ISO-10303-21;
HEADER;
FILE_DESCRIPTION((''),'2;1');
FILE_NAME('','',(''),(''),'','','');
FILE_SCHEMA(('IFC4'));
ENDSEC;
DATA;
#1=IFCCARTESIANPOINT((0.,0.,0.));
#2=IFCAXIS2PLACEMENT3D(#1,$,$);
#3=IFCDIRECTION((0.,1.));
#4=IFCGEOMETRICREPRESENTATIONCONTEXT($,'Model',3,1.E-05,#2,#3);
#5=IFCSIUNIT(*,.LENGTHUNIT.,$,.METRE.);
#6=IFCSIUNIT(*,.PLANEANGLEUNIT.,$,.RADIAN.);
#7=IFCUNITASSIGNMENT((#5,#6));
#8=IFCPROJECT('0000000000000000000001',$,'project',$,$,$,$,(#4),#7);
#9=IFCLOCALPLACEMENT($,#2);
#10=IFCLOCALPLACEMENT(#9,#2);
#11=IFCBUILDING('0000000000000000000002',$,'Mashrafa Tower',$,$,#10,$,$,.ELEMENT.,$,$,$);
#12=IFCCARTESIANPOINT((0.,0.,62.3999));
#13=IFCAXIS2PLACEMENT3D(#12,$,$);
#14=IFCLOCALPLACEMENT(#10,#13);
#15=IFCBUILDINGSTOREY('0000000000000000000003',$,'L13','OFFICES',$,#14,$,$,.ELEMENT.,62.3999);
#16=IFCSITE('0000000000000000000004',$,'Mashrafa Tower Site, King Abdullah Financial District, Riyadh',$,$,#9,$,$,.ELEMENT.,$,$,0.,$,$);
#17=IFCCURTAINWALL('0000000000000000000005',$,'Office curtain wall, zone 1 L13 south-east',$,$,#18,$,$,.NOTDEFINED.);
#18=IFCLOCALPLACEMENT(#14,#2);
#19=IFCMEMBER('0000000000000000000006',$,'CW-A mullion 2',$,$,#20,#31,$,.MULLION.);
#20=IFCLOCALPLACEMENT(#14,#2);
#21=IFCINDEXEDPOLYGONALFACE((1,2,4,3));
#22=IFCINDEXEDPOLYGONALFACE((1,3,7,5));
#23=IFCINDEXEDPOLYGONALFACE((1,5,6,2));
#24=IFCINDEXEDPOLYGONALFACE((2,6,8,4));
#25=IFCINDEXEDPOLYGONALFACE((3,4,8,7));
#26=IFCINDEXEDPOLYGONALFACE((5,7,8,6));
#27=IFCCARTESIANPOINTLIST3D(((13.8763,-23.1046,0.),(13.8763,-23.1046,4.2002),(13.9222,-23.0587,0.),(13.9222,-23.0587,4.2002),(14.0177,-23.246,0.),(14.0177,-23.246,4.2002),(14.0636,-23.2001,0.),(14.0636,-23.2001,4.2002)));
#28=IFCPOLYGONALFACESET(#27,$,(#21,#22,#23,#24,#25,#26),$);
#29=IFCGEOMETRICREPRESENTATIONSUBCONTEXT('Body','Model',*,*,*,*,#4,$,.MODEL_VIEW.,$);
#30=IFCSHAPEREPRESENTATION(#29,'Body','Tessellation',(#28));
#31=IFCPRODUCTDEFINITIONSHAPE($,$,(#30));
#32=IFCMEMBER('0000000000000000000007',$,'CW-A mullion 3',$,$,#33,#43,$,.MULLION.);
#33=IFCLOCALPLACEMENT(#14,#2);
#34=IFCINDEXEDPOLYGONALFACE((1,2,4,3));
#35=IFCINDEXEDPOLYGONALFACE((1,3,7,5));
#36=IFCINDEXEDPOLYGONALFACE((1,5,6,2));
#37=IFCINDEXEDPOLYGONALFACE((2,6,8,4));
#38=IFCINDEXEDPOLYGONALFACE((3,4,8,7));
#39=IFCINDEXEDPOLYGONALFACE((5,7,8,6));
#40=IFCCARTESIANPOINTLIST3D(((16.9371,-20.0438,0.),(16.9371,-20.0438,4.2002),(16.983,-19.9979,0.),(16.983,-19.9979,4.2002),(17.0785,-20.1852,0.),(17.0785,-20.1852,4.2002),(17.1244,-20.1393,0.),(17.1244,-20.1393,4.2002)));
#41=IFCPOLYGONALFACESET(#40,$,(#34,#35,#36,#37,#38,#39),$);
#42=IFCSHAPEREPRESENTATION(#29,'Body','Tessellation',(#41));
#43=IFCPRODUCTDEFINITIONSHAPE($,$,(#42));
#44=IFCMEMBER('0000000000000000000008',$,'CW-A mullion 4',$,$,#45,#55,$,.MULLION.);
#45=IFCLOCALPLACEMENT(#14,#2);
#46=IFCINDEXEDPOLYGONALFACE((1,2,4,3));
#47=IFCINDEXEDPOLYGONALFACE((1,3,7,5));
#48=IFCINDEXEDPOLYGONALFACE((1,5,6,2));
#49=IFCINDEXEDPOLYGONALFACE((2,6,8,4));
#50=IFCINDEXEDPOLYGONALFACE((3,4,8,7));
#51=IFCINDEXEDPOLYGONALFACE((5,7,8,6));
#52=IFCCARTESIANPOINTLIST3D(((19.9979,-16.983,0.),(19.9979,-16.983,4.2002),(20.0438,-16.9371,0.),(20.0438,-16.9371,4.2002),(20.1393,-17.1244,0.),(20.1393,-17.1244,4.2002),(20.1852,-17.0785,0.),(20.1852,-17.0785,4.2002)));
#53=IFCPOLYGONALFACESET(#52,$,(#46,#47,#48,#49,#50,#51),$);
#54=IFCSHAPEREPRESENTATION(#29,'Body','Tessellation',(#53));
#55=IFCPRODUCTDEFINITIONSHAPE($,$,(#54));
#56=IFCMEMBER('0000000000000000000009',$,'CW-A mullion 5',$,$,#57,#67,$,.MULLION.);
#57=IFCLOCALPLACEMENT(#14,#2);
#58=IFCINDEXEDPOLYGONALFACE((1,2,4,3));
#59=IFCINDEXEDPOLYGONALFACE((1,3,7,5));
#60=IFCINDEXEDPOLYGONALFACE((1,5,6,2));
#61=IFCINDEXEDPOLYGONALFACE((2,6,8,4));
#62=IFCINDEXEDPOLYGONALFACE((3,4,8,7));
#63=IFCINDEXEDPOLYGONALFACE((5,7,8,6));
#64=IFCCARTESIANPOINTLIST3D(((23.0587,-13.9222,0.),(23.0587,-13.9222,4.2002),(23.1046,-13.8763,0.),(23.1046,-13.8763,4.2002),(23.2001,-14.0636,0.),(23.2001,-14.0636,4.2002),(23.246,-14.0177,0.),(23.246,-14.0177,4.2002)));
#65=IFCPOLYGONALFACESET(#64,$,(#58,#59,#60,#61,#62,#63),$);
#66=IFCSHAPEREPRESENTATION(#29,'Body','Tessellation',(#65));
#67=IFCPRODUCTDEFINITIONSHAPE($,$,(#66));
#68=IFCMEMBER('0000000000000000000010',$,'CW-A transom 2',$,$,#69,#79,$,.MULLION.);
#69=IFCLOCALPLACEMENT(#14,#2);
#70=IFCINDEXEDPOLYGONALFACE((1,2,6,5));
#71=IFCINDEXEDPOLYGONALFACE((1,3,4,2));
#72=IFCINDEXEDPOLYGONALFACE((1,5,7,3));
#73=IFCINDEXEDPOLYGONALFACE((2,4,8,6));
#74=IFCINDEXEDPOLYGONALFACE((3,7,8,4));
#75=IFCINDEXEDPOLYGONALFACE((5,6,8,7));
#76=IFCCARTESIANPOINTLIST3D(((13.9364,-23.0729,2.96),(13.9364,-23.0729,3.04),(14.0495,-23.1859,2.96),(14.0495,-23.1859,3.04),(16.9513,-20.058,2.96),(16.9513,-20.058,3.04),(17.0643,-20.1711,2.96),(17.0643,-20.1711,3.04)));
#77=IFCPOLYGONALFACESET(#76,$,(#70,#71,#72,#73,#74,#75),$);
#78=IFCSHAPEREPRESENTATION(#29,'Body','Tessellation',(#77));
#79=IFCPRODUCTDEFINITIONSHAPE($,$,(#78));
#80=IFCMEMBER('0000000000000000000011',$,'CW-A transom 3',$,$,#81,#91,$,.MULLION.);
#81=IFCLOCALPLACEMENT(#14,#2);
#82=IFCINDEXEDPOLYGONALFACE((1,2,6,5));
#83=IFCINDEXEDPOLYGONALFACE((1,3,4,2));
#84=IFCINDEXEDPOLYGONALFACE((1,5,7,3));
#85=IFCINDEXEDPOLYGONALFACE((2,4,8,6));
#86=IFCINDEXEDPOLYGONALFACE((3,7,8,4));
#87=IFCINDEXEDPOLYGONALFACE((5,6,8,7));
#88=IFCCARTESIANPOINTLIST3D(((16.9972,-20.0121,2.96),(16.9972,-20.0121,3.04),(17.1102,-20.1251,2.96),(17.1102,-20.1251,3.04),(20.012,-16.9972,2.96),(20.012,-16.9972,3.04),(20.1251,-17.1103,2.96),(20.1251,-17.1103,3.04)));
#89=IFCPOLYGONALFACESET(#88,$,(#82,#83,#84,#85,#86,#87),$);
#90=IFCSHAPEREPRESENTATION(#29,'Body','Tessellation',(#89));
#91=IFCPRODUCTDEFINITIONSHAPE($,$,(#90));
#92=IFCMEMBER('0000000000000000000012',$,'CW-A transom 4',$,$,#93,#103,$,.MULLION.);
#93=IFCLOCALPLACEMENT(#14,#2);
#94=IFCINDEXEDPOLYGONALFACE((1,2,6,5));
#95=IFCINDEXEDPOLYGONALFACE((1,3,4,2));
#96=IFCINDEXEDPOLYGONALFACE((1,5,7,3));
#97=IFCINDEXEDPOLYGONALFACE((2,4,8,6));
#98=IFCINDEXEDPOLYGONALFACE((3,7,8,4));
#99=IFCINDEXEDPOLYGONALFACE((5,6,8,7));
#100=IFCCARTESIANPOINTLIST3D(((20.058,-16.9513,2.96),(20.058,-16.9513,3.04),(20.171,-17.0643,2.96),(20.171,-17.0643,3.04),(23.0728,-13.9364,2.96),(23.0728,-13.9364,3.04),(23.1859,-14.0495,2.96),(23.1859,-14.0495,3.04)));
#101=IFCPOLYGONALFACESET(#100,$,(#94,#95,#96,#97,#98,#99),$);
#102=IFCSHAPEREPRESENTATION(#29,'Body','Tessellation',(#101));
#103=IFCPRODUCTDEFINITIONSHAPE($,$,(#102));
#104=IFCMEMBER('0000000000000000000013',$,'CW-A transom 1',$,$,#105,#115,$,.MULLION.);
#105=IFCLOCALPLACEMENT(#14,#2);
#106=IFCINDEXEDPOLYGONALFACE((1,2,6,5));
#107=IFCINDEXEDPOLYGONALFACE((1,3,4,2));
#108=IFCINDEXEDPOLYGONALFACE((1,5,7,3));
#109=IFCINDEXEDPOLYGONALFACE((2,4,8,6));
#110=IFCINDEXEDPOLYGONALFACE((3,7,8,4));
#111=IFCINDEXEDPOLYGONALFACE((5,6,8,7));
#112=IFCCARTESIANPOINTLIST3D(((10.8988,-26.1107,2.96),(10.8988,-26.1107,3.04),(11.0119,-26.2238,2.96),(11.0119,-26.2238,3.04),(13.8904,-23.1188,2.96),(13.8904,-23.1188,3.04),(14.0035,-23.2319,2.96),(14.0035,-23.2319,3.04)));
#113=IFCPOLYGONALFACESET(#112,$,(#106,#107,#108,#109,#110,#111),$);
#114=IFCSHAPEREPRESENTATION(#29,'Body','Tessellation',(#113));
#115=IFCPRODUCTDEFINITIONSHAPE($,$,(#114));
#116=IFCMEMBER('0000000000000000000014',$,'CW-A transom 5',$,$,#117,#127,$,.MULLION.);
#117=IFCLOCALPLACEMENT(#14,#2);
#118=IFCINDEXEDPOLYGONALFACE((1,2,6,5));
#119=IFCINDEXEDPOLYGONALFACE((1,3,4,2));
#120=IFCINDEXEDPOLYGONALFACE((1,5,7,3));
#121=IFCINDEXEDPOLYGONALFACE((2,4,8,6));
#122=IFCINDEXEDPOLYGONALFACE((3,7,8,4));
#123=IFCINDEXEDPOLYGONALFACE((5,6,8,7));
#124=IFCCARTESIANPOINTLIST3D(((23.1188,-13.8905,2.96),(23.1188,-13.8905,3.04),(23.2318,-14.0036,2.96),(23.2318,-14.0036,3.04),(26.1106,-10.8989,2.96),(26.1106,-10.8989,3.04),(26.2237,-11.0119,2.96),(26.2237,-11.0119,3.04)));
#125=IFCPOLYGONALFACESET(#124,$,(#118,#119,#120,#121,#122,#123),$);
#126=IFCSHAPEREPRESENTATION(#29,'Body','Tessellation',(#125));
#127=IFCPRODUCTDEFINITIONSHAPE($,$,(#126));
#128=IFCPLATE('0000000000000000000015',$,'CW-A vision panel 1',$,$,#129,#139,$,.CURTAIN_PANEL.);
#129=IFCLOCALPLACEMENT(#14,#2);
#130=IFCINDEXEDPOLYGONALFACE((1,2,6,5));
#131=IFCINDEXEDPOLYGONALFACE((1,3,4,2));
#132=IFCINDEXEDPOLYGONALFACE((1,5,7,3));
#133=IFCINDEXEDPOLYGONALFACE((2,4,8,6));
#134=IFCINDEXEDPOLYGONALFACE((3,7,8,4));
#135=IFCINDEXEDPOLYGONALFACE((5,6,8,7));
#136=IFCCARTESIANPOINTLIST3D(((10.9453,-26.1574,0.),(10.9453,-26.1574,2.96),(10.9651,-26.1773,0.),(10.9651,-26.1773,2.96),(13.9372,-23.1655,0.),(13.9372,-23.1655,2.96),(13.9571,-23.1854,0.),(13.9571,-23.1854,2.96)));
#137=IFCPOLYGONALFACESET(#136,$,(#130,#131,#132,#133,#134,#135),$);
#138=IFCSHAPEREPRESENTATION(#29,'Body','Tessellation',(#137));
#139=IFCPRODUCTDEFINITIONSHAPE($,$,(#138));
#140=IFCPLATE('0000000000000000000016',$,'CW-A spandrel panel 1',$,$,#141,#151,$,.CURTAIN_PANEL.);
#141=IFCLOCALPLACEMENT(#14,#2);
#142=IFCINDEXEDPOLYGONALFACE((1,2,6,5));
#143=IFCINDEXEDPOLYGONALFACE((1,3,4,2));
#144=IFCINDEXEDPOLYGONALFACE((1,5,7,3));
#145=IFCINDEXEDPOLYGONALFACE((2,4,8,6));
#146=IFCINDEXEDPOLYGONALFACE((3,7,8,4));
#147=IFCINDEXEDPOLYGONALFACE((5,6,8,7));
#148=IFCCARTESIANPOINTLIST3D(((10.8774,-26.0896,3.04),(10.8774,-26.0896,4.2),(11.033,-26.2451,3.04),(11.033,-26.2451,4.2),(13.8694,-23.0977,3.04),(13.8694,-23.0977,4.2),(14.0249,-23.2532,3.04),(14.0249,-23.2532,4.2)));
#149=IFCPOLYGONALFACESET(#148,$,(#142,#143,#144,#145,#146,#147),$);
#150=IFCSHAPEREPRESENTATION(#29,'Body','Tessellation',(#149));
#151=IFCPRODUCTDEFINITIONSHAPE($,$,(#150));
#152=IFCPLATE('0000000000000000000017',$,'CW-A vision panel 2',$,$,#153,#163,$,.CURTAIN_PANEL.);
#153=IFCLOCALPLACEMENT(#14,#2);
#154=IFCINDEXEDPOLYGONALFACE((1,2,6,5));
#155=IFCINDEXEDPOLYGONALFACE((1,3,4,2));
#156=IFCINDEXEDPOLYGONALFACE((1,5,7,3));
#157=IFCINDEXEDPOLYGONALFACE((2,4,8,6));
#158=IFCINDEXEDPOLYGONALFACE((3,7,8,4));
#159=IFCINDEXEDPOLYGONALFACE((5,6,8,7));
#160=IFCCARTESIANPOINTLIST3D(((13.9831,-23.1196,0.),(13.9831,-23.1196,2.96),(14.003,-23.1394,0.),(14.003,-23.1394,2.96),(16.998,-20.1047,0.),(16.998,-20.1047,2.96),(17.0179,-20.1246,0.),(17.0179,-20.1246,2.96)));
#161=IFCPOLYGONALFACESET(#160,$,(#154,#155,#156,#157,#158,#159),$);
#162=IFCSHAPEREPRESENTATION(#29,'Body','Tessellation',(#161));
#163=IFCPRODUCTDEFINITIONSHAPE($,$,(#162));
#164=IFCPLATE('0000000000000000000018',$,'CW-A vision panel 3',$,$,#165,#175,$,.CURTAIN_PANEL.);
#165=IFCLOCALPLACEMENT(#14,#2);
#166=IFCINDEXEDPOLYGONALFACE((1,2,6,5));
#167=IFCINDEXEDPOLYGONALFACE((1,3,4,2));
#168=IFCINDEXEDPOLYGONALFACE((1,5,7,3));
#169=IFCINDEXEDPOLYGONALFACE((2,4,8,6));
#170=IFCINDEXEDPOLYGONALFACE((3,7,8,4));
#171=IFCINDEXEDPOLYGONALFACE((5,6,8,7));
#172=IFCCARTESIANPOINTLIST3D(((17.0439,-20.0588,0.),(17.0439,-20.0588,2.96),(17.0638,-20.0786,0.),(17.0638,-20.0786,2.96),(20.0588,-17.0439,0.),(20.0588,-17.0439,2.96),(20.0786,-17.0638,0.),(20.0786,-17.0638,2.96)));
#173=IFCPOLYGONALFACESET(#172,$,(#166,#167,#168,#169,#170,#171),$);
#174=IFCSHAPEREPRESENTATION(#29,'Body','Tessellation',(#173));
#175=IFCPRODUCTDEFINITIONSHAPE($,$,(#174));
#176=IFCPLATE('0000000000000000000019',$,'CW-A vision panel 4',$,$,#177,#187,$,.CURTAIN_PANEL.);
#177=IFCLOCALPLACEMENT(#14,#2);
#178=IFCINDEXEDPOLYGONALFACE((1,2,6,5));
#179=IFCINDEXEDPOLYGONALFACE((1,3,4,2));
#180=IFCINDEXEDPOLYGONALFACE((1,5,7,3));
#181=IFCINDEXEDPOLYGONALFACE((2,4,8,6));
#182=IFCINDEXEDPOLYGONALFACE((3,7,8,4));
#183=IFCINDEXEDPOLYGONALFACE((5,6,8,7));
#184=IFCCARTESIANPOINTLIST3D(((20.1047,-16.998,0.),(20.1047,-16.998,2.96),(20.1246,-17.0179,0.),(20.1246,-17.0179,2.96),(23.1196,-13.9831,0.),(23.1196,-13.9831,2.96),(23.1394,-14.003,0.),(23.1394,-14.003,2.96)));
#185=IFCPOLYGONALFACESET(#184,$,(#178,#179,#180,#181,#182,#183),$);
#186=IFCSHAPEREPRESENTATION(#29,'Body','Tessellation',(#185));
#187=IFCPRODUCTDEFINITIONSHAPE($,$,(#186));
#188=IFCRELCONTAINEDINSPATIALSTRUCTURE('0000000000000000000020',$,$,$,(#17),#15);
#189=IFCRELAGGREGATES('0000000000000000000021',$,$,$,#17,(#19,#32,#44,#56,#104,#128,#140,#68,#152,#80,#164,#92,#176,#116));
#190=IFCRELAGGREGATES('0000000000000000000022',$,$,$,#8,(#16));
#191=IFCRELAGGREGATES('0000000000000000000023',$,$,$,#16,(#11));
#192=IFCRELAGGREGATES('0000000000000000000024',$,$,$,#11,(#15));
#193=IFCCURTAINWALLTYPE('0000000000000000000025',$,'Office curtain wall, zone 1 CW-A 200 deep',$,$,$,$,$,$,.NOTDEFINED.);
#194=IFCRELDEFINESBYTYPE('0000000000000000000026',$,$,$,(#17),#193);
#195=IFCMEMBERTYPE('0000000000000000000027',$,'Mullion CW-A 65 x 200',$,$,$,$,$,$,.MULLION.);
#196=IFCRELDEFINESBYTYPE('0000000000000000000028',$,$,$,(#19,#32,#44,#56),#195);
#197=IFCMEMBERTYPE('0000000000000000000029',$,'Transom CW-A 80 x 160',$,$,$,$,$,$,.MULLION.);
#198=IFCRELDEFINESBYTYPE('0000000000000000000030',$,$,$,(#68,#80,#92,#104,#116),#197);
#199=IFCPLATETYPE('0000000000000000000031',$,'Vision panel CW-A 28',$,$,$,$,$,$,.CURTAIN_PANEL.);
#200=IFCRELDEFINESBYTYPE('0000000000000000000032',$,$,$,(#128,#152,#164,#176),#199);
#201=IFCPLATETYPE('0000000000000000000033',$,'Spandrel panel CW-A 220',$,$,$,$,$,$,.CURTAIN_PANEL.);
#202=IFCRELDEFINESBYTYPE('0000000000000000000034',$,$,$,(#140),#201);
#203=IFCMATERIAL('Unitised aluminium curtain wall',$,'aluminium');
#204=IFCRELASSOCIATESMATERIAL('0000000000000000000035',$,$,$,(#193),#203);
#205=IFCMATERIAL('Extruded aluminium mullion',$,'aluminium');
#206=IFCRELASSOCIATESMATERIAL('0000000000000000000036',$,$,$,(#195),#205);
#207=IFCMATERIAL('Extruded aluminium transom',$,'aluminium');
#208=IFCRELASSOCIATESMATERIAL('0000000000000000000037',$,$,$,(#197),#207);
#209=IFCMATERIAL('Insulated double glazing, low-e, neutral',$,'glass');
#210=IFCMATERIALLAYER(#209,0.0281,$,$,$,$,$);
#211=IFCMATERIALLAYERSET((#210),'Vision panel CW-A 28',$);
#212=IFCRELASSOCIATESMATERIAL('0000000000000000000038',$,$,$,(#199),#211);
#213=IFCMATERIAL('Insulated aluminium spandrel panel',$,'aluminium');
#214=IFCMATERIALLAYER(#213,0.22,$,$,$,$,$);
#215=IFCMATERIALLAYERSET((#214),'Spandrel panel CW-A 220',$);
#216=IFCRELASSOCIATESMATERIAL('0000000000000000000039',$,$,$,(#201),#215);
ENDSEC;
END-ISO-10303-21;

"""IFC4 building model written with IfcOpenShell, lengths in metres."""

from ifc_helpers import new_model, si_unit, direction, frame, origin, origin_2d, place, context, subcontext, project, spatial, rectangle, extrude, source, transform, mapped, material, layer, layer_set, material_profile, profile_set, type_object, type_shapes, element, aggregate, save


model = new_model("IFC4")

# Units and contexts
model_context = context("Model", 3, precision=1e-05, world=origin(), true_north=direction((0.0, 1.0)))
body_context = subcontext(model_context, "Body", "Model", "MODEL_VIEW")
ifc_project = project(units=[si_unit("LENGTHUNIT", "METRE"), si_unit("PLANEANGLEUNIT", "RADIAN")], contexts=[model_context])

# Site, building, storey
site_placement = place(None, origin())
site = spatial("IfcSite", under=ifc_project, at=site_placement, Name="Mashrafa Tower Site, King Abdullah Financial District, Riyadh", CompositionType="ELEMENT", RefElevation=0.0)
building_placement = place(site_placement, origin())
building = spatial("IfcBuilding", under=site, at=building_placement, Name="Mashrafa Tower", CompositionType="ELEMENT")
storey_placement = place(building_placement, frame((0.0, 0.0, 62.3999)))
storey = spatial("IfcBuildingStorey", under=building, at=storey_placement, Name="L13", Description="OFFICES", CompositionType="ELEMENT", Elevation=62.3999)

# Curtain wall, members, plates
ifc_material_1 = material(Name="Unitised aluminium curtain wall", Category="aluminium")
curtain_wall_type = type_object("IfcCurtainWallType", Name="Office curtain wall, zone 1 CW-A 200 deep", PredefinedType="NOTDEFINED", material=ifc_material_1)
curtain_wall_placement = place(storey_placement, origin())
curtain_wall = element("IfcCurtainWall", 1, at=curtain_wall_placement, inside=storey, type_object=curtain_wall_type, Name="Office curtain wall, zone 1 L13 south-east", PredefinedType="NOTDEFINED")
ifc_material_2 = material(Name="Extruded aluminium mullion", Category="aluminium")
ifc_material_profile_1 = material_profile(ifc_material_2, rectangle(XDim=0.2, YDim=0.0649, at=origin_2d()), Name="Mullion 65x200")
ifc_profile_set_1 = profile_set([ifc_material_profile_1], Name="Extruded aluminium mullion")
member_type_1 = type_object("IfcMemberType", Name="Mullion CW-A 65 x 200", PredefinedType="MULLION", material=ifc_profile_set_1)
shared_shape_1 = source(origin(), body_context, "Body", "SweptSolid", [
    extrude(rectangle(XDim=0.2, YDim=0.0649, at=origin_2d()), origin(), (0.0, 0.0, 1.0), 4.2002),
])
type_shapes(member_type_1, [shared_shape_1])
member_1_placement = place(storey_placement, frame((13.97, -23.1523, 0.0), z_axis=(0.0, 0.0, 1.0), x_axis=(-0.707107, 0.707107, 0.0)))
member_1 = element("IfcMember", 2, at=member_1_placement, type_object=member_type_1, Name="CW-A mullion 2", PredefinedType="MULLION", context=body_context, shape_type="MappedRepresentation", body=[
    mapped(shared_shape_1, transform((0.0, 0.0, 0.0))),
])
member_2_placement = place(storey_placement, frame((17.0308, -20.0916, 0.0), z_axis=(0.0, 0.0, 1.0), x_axis=(-0.707107, 0.707107, 0.0)))
member_2 = element("IfcMember", 3, at=member_2_placement, type_object=member_type_1, Name="CW-A mullion 3", PredefinedType="MULLION", context=body_context, shape_type="MappedRepresentation", body=[
    mapped(shared_shape_1, transform((0.0, 0.0, 0.0))),
])
member_3_placement = place(storey_placement, frame((20.0916, -17.0308, 0.0), z_axis=(0.0, 0.0, 1.0), x_axis=(-0.707107, 0.707107, 0.0)))
member_3 = element("IfcMember", 4, at=member_3_placement, type_object=member_type_1, Name="CW-A mullion 4", PredefinedType="MULLION", context=body_context, shape_type="MappedRepresentation", body=[
    mapped(shared_shape_1, transform((0.0, 0.0, 0.0))),
])
member_4_placement = place(storey_placement, frame((23.1523, -13.97, 0.0), z_axis=(0.0, 0.0, 1.0), x_axis=(-0.707107, 0.707107, 0.0)))
member_4 = element("IfcMember", 5, at=member_4_placement, type_object=member_type_1, Name="CW-A mullion 5", PredefinedType="MULLION", context=body_context, shape_type="MappedRepresentation", body=[
    mapped(shared_shape_1, transform((0.0, 0.0, 0.0))),
])
ifc_material_3 = material(Name="Extruded aluminium transom", Category="aluminium")
ifc_material_profile_2 = material_profile(ifc_material_3, rectangle(XDim=0.1599, YDim=0.0801, at=origin_2d()), Name="Transom 80x160")
ifc_profile_set_2 = profile_set([ifc_material_profile_2], Name="Extruded aluminium transom")
member_type_2 = type_object("IfcMemberType", Name="Transom CW-A 80 x 160", PredefinedType="MULLION", material=ifc_profile_set_2)
shared_shape_2 = source(origin(), body_context, "Body", "SweptSolid", [
    extrude(rectangle(XDim=0.1599, YDim=0.0801, at=origin_2d()), origin(), (0.0, 0.0, 1.0), 4.2637),
])
member_5_placement = place(storey_placement, frame((13.9929, -23.1294, 3.0), z_axis=(0.707107, 0.707107, 0.0), x_axis=(-0.707107, 0.707107, 0.0)))
member_5 = element("IfcMember", 6, at=member_5_placement, type_object=member_type_2, Name="CW-A transom 2", PredefinedType="MULLION", context=body_context, shape_type="MappedRepresentation", body=[
    mapped(shared_shape_2, transform((0.0, 0.0, 0.0))),
])
member_6_placement = place(storey_placement, frame((17.0537, -20.0686, 3.0), z_axis=(0.707107, 0.707107, 0.0), x_axis=(-0.707107, 0.707107, 0.0)))
member_6 = element("IfcMember", 7, at=member_6_placement, type_object=member_type_2, Name="CW-A transom 3", PredefinedType="MULLION", context=body_context, shape_type="MappedRepresentation", body=[
    mapped(shared_shape_2, transform((0.0, 0.0, 0.0))),
])
member_7_placement = place(storey_placement, frame((20.1145, -17.0078, 3.0), z_axis=(0.707107, 0.707107, 0.0), x_axis=(-0.707107, 0.707107, 0.0)))
member_7 = element("IfcMember", 8, at=member_7_placement, type_object=member_type_2, Name="CW-A transom 4", PredefinedType="MULLION", context=body_context, shape_type="MappedRepresentation", body=[
    mapped(shared_shape_2, transform((0.0, 0.0, 0.0))),
])
shared_shape_3 = source(origin(), body_context, "Body", "SweptSolid", [
    extrude(rectangle(XDim=0.1599, YDim=0.0801, at=origin_2d()), origin(), (0.0, 0.0, 1.0), 4.231),
])
type_shapes(member_type_2, [shared_shape_2, shared_shape_3])
member_8_placement = place(storey_placement, frame((10.9553, -26.1672, 3.0), z_axis=(0.707078, 0.707136, 0.0), x_axis=(-0.707136, 0.707078, 0.0)))
member_8 = element("IfcMember", 9, at=member_8_placement, type_object=member_type_2, Name="CW-A transom 1", PredefinedType="MULLION", context=body_context, shape_type="MappedRepresentation", body=[
    mapped(shared_shape_3, transform((0.0, 0.0, 0.0))),
])
member_9_placement = place(storey_placement, frame((23.1753, -13.947, 3.0), z_axis=(0.707136, 0.707078, 0.0), x_axis=(-0.707078, 0.707136, 0.0)))
member_9 = element("IfcMember", 10, at=member_9_placement, type_object=member_type_2, Name="CW-A transom 5", PredefinedType="MULLION", context=body_context, shape_type="MappedRepresentation", body=[
    mapped(shared_shape_3, transform((0.0, 0.0, 0.0))),
])
ifc_material_4 = material(Name="Insulated double glazing, low-e, neutral", Category="glass")
ifc_layer_1 = layer(ifc_material_4, 0.0281)
ifc_layer_set_1 = layer_set([ifc_layer_1], Name="Vision panel CW-A 28")
plate_type_1 = type_object("IfcPlateType", Name="Vision panel CW-A 28", PredefinedType="CURTAIN_PANEL", material=ifc_layer_set_1)
shared_shape_4 = source(origin(), body_context, "Body", "SweptSolid", [
    extrude(rectangle(XDim=4.2312, YDim=0.0281, at=origin_2d()), origin(), (0.0, 0.0, 1.0), 2.96),
])
plate_1_placement = place(storey_placement, frame((12.4512, -24.6714, 0.0), z_axis=(0.0, 0.0, 1.0), x_axis=(0.707107, 0.707107, 0.0)))
plate_1 = element("IfcPlate", 11, at=plate_1_placement, type_object=plate_type_1, Name="CW-A vision panel 1", PredefinedType="CURTAIN_PANEL", context=body_context, shape_type="MappedRepresentation", body=[
    mapped(shared_shape_4, transform((0.0, 0.0, 0.0))),
])
ifc_material_5 = material(Name="Insulated aluminium spandrel panel", Category="aluminium")
ifc_layer_2 = layer(ifc_material_5, 0.22)
ifc_layer_set_2 = layer_set([ifc_layer_2], Name="Spandrel panel CW-A 220")
plate_type_2 = type_object("IfcPlateType", Name="Spandrel panel CW-A 220", PredefinedType="CURTAIN_PANEL", material=ifc_layer_set_2)
shared_shape_5 = source(origin(), body_context, "Body", "SweptSolid", [
    extrude(rectangle(XDim=4.2312, YDim=0.22, at=origin_2d()), origin(), (0.0, 0.0, 1.0), 1.1599),
])
plate_2_placement = place(storey_placement, frame((12.4512, -24.6714, 3.04), z_axis=(0.0, 0.0, 1.0), x_axis=(0.707107, 0.707107, 0.0)))
plate_2 = element("IfcPlate", 12, at=plate_2_placement, type_object=plate_type_2, Name="CW-A spandrel panel 1", PredefinedType="CURTAIN_PANEL", context=body_context, shape_type="MappedRepresentation", body=[
    mapped(shared_shape_5, transform((0.0, 0.0, 0.0))),
])
shared_shape_6 = source(origin(), body_context, "Body", "SweptSolid", [
    extrude(rectangle(XDim=4.2637, YDim=0.0281, at=origin_2d()), origin(), (0.0, 0.0, 1.0), 2.96),
])
type_shapes(plate_type_1, [shared_shape_4, shared_shape_6])
plate_3_placement = place(storey_placement, frame((15.5005, -21.6221, 0.0), z_axis=(0.0, 0.0, 1.0), x_axis=(0.707107, 0.707107, 0.0)))
plate_3 = element("IfcPlate", 13, at=plate_3_placement, type_object=plate_type_1, Name="CW-A vision panel 2", PredefinedType="CURTAIN_PANEL", context=body_context, shape_type="MappedRepresentation", body=[
    mapped(shared_shape_6, transform((0.0, 0.0, 0.0))),
])
plate_4_placement = place(storey_placement, frame((18.5613, -18.5613, 0.0), z_axis=(0.0, 0.0, 1.0), x_axis=(0.707107, 0.707107, 0.0)))
plate_4 = element("IfcPlate", 14, at=plate_4_placement, type_object=plate_type_1, Name="CW-A vision panel 3", PredefinedType="CURTAIN_PANEL", context=body_context, shape_type="MappedRepresentation", body=[
    mapped(shared_shape_6, transform((0.0, 0.0, 0.0))),
])
plate_5_placement = place(storey_placement, frame((21.6221, -15.5005, 0.0), z_axis=(0.0, 0.0, 1.0), x_axis=(0.707107, 0.707107, 0.0)))
plate_5 = element("IfcPlate", 15, at=plate_5_placement, type_object=plate_type_1, Name="CW-A vision panel 4", PredefinedType="CURTAIN_PANEL", context=body_context, shape_type="MappedRepresentation", body=[
    mapped(shared_shape_6, transform((0.0, 0.0, 0.0))),
])
aggregate(curtain_wall, [member_1, member_2, member_3, member_4, member_8, plate_1, plate_2, member_5, plate_3, member_6, plate_4, member_7, plate_5, member_9])

save(model, "model.ifc")
